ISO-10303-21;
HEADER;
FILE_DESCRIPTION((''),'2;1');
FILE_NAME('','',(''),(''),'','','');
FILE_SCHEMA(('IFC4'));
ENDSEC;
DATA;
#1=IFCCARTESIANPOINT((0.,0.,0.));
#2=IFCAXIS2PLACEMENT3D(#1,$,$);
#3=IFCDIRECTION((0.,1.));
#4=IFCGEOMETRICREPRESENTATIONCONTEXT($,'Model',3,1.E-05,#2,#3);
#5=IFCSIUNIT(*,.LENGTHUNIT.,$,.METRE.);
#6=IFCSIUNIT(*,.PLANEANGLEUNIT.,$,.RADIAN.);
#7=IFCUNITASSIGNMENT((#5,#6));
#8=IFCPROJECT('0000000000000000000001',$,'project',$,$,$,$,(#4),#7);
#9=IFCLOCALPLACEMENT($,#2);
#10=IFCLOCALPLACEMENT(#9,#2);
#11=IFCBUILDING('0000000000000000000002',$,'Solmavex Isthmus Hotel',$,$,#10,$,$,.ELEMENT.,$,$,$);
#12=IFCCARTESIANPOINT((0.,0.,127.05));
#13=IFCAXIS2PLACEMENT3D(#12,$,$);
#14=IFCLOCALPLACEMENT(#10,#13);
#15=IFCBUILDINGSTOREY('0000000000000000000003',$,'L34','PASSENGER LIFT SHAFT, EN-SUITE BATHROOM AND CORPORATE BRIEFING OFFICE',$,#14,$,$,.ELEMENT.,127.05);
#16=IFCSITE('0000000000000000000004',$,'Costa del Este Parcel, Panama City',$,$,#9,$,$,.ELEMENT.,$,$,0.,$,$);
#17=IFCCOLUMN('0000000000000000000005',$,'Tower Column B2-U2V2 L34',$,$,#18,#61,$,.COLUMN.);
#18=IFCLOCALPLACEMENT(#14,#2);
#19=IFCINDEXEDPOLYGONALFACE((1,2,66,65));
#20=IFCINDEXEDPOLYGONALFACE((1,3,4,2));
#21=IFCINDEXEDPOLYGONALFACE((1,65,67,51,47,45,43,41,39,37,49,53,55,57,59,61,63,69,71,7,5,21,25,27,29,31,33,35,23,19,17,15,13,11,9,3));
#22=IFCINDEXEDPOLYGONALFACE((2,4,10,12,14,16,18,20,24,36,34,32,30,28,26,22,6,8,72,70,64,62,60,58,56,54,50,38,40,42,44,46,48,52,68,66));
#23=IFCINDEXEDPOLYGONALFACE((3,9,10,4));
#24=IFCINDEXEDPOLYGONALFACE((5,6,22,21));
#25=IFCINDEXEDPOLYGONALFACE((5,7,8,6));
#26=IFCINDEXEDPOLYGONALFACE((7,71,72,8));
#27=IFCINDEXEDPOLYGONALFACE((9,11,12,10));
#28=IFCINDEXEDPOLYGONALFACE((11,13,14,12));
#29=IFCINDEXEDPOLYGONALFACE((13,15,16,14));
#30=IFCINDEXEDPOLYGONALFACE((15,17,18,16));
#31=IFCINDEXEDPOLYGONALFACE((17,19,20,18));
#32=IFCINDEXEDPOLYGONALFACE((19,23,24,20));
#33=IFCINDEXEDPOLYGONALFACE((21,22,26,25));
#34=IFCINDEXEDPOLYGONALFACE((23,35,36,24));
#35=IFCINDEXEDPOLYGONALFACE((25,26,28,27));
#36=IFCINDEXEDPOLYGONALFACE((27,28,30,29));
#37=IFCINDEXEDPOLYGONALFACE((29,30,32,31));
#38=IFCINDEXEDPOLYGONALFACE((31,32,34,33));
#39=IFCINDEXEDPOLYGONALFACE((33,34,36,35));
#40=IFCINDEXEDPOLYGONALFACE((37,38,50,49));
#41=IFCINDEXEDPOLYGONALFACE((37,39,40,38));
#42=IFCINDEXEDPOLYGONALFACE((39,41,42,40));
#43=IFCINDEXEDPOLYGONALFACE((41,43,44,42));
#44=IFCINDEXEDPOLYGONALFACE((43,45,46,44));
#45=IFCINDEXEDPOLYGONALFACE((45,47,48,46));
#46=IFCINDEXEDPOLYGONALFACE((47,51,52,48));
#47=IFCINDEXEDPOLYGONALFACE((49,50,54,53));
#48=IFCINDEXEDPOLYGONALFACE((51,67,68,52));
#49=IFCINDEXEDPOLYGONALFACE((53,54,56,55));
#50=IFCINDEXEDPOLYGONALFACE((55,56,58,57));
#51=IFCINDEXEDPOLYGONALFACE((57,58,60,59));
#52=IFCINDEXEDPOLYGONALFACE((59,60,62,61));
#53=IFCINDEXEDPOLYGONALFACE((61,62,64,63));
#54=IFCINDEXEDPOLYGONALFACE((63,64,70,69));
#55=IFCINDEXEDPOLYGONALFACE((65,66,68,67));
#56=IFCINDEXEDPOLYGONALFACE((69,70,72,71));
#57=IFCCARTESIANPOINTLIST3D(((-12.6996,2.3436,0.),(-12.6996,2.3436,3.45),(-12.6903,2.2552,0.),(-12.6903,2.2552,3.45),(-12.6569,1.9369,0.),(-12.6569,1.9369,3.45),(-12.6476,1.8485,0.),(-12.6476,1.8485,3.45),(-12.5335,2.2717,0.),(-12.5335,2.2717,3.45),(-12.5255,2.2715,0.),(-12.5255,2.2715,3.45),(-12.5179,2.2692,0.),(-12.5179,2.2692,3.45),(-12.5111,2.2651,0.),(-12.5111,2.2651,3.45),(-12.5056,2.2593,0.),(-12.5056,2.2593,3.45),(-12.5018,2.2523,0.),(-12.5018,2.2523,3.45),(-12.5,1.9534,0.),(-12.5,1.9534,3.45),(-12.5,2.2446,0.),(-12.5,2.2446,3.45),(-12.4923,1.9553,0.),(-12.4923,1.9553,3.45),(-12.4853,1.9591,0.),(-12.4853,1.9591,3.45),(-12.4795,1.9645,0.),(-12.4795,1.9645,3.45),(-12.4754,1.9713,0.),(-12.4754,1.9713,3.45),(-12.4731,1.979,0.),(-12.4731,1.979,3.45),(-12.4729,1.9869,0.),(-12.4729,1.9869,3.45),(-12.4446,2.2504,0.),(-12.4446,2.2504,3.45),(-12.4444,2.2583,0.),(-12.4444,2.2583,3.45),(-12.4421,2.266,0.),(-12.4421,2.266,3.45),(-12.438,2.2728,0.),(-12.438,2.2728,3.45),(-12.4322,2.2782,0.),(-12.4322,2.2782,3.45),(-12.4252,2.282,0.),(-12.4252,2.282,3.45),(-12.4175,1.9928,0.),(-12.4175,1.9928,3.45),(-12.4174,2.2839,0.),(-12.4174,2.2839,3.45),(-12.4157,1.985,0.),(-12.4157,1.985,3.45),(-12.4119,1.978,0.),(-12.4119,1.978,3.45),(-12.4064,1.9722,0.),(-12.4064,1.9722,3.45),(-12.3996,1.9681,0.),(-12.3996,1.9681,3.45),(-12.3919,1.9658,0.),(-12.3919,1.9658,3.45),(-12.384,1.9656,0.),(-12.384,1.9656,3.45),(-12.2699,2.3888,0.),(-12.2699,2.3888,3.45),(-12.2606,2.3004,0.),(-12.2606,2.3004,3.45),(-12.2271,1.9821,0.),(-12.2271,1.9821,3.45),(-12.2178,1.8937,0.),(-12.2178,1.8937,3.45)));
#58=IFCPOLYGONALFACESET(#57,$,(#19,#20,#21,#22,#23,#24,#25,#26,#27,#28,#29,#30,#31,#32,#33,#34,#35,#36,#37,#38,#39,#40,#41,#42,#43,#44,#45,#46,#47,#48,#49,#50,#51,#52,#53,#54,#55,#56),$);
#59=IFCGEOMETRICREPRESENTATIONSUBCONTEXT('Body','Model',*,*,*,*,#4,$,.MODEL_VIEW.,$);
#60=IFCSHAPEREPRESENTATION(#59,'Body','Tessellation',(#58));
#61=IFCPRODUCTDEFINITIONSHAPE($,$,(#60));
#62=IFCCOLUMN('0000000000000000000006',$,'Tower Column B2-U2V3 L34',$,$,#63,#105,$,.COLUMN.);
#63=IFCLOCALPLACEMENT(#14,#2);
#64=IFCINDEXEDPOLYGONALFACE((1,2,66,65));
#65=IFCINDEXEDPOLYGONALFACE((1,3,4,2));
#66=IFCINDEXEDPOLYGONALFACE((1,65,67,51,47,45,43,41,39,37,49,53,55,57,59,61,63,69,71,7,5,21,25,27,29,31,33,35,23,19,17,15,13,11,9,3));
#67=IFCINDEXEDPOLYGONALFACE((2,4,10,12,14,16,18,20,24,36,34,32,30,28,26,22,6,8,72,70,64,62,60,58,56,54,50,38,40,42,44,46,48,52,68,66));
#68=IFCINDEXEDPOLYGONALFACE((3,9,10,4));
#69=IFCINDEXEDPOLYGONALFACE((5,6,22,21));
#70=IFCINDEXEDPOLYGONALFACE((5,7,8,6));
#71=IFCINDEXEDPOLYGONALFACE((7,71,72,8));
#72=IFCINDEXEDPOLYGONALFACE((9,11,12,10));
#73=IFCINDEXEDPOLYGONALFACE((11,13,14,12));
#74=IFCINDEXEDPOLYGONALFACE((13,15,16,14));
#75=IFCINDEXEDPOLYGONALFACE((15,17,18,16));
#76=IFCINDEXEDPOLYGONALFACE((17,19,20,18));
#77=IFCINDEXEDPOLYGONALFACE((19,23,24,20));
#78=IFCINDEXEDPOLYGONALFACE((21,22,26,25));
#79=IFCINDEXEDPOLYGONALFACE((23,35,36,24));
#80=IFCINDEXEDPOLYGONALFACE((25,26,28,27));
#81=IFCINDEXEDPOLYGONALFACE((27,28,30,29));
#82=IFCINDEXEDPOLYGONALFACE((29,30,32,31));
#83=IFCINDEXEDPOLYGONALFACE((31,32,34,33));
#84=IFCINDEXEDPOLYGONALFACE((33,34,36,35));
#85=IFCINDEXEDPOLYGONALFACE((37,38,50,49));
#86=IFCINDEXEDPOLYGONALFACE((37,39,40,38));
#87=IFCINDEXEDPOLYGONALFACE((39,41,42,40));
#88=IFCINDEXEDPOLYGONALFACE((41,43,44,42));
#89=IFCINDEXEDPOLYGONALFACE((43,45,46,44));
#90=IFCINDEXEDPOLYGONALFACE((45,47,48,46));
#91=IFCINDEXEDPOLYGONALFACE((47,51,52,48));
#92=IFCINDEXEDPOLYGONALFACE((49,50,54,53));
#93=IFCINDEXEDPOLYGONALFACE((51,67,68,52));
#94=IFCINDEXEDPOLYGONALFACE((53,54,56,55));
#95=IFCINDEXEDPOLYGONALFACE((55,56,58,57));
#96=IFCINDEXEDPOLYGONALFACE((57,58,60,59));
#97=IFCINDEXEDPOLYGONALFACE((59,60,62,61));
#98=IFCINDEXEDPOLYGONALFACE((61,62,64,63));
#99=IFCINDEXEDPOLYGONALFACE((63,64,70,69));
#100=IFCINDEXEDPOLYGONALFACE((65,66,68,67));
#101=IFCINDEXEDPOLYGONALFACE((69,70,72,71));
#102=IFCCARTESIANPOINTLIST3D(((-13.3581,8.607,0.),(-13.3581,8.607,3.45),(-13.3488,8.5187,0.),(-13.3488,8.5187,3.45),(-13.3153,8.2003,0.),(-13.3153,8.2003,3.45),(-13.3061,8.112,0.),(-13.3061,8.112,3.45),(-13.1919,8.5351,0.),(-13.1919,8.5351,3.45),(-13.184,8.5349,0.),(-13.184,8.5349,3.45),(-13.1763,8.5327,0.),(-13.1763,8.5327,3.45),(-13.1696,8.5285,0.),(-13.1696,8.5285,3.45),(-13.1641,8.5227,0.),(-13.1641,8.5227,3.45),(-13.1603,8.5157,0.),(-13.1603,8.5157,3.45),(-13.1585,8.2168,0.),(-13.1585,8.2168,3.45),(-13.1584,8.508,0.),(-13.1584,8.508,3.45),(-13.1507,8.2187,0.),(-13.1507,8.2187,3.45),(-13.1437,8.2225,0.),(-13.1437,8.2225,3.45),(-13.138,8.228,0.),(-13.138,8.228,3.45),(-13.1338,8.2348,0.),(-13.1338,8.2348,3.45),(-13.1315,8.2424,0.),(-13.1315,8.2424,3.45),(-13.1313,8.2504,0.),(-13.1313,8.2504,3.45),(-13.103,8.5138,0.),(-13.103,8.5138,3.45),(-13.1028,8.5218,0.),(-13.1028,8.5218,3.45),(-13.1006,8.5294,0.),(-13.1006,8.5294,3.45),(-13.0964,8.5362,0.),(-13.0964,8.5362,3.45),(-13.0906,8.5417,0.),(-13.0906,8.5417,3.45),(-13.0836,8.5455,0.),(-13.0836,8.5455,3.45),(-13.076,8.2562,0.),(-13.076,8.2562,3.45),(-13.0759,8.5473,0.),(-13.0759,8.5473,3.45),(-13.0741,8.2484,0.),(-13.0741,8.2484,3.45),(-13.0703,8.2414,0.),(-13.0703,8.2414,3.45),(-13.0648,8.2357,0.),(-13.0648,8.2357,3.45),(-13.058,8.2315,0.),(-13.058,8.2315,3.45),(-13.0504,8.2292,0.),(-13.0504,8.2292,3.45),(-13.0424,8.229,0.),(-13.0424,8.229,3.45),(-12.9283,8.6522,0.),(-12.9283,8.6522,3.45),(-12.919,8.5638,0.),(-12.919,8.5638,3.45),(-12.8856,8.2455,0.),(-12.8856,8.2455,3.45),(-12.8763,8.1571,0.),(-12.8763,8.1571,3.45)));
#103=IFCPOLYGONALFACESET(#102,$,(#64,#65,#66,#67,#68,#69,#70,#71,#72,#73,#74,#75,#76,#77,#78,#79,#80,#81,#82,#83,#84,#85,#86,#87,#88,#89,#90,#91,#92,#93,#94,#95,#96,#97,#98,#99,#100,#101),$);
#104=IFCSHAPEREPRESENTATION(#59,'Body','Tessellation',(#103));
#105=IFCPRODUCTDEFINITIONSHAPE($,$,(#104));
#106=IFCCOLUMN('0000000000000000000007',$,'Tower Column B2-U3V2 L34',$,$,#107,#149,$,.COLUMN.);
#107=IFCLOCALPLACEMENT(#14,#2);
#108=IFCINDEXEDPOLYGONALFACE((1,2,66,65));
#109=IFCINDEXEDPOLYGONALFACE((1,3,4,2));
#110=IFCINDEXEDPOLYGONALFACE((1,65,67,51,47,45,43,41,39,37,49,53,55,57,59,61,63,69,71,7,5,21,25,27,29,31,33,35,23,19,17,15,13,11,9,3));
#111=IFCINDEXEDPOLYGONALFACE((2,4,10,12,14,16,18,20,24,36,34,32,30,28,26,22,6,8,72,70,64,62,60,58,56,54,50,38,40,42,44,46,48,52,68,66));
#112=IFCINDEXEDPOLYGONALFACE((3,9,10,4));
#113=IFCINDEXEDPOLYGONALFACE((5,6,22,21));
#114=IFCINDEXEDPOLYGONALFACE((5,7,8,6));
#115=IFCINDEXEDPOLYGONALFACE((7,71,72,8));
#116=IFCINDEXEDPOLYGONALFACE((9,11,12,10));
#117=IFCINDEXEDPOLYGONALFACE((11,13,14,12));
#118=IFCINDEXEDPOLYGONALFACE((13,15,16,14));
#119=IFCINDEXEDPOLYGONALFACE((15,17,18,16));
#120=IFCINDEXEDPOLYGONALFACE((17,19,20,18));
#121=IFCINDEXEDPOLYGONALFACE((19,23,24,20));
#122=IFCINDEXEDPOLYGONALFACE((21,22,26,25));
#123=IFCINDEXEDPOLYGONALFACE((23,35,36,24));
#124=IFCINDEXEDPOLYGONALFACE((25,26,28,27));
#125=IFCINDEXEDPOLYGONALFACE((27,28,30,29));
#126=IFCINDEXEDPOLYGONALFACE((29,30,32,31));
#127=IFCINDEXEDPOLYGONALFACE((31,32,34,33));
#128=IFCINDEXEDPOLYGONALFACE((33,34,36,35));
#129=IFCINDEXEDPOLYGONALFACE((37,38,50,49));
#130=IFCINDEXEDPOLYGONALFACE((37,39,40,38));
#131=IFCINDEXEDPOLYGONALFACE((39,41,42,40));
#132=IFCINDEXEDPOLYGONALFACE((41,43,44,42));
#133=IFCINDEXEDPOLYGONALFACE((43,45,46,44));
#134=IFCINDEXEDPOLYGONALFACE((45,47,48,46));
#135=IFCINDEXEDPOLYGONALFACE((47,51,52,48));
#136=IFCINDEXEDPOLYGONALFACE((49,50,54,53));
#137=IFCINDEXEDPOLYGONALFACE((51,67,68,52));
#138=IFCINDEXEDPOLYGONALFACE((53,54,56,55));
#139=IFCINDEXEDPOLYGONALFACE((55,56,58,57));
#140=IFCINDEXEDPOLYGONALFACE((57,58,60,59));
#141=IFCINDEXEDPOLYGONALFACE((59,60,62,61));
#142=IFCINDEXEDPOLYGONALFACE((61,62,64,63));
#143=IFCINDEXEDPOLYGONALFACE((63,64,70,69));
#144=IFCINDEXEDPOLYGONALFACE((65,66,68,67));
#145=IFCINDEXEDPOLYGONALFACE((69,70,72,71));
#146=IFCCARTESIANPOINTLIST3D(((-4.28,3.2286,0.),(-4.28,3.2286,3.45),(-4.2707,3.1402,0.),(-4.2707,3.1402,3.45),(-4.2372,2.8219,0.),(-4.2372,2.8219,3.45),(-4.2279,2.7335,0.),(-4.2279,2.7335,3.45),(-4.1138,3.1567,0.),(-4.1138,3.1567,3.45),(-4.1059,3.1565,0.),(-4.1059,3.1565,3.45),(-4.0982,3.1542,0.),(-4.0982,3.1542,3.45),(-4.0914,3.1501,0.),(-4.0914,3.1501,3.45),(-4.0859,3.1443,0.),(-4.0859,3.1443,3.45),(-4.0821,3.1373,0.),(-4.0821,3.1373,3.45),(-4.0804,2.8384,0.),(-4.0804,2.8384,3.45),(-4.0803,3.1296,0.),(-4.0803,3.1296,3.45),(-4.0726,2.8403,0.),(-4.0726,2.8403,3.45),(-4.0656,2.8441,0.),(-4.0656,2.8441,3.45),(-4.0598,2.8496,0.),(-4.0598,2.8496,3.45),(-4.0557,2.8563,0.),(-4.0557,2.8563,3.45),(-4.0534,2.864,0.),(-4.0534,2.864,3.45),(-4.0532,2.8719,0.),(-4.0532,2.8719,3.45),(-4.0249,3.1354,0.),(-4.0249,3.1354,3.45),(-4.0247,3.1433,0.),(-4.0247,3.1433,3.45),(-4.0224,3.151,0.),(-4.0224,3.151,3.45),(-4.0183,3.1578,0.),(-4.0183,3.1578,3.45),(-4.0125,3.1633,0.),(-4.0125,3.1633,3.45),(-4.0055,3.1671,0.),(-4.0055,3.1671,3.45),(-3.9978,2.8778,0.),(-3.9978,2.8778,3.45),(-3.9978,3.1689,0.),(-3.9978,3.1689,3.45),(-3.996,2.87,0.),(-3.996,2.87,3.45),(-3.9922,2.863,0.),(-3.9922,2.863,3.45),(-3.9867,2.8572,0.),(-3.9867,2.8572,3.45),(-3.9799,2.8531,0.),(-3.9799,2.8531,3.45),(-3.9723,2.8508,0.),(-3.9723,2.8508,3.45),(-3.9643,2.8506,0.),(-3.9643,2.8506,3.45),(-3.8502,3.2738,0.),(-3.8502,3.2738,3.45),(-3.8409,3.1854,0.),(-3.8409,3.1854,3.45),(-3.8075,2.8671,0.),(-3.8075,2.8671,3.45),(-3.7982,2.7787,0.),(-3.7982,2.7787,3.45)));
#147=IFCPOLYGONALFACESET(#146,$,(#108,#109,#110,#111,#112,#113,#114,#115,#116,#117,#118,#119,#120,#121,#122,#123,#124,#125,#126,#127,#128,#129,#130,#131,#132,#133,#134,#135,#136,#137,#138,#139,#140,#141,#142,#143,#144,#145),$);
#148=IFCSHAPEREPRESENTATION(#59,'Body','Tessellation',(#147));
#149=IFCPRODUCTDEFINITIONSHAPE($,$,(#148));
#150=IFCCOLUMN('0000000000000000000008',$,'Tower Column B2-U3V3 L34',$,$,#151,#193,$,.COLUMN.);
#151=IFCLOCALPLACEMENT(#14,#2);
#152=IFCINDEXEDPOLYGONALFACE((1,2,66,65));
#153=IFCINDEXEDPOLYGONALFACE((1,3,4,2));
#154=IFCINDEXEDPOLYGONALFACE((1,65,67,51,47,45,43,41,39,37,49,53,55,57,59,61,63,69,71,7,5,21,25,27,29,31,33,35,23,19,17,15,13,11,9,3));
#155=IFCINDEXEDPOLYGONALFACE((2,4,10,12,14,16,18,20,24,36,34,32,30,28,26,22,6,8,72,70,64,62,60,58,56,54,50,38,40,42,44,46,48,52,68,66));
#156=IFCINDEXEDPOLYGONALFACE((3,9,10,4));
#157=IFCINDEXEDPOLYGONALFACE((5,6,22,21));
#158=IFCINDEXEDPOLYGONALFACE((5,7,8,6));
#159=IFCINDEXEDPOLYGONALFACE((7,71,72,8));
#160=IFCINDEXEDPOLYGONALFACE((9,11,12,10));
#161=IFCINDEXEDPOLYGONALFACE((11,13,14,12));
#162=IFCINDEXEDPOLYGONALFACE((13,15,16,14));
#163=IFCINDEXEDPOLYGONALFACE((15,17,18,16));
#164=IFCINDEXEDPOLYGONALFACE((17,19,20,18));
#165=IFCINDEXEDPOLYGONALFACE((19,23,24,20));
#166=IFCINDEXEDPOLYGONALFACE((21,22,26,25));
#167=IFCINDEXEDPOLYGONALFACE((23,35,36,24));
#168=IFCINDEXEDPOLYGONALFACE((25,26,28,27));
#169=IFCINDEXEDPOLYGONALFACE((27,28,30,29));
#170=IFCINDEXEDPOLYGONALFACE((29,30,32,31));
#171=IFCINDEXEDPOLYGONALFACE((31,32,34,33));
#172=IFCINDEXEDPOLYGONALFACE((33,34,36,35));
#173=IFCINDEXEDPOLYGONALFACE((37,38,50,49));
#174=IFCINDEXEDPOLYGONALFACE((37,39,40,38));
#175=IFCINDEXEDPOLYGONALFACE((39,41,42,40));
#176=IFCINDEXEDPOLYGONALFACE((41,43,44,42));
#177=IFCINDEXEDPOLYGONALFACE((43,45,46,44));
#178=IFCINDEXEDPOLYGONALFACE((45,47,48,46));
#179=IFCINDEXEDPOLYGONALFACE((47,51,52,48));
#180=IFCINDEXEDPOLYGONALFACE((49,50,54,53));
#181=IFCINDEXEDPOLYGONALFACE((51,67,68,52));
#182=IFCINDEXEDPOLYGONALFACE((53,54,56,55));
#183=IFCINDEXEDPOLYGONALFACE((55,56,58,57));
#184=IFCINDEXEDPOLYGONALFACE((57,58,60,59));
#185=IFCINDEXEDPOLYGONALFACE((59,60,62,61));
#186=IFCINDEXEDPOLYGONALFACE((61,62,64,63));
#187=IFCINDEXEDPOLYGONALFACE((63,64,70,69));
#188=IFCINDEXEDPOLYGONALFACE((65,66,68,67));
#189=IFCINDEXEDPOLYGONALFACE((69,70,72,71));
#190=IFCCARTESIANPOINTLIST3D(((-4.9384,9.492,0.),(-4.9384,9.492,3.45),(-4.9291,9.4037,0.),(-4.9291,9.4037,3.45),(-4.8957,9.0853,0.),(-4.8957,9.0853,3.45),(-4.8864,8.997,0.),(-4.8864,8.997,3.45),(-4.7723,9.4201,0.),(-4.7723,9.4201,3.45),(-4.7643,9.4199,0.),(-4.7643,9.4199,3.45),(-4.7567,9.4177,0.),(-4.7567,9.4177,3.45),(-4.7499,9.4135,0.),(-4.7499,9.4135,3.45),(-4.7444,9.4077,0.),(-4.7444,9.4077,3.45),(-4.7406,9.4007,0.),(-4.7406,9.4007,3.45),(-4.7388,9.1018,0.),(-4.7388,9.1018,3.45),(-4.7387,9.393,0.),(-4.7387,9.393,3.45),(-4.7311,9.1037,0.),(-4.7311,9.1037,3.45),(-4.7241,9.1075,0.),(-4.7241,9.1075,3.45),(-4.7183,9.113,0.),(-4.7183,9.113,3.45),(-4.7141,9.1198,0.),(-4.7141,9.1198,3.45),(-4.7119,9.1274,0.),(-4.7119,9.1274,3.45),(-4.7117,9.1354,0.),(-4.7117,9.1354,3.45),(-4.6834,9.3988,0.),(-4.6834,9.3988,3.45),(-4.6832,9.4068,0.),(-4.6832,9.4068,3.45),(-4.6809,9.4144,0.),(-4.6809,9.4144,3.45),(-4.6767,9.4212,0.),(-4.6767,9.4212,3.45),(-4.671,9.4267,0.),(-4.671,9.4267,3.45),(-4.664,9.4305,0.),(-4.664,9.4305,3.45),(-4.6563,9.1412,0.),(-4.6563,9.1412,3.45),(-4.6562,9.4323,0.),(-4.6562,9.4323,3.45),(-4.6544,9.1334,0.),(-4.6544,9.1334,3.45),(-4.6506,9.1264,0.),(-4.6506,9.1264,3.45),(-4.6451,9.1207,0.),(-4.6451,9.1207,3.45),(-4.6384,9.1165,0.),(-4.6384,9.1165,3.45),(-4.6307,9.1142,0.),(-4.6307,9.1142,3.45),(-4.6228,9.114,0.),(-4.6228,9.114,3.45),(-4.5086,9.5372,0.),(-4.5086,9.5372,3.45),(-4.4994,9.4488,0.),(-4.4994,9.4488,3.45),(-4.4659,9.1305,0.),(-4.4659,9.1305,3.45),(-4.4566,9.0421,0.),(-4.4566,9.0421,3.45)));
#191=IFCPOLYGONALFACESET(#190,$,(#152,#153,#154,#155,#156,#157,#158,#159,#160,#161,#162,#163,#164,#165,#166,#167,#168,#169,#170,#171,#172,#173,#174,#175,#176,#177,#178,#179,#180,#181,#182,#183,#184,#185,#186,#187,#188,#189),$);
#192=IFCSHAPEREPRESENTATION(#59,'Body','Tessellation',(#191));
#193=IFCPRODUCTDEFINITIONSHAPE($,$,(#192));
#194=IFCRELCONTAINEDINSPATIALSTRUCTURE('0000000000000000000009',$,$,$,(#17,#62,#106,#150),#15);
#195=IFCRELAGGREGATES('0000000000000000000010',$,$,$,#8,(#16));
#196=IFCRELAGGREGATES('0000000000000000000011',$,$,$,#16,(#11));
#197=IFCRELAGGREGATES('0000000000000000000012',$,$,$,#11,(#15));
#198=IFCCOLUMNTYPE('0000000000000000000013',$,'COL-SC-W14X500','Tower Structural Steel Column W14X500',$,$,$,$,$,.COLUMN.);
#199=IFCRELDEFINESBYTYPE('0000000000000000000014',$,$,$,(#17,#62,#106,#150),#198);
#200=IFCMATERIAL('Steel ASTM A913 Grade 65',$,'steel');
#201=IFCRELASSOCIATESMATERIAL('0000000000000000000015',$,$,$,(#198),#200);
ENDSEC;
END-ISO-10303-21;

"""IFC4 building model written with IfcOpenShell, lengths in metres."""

from ifc_helpers import new_model, si_unit, direction, frame, origin, origin_2d, place, context, subcontext, project, spatial, i_section, extrude, material, material_profile, profile_set, type_object, element, save


model = new_model("IFC4")

# Units and contexts
model_context = context("Model", 3, precision=1e-05, world=origin(), true_north=direction((0.0, 1.0)))
body_context = subcontext(model_context, "Body", "Model", "MODEL_VIEW")
ifc_project = project(units=[si_unit("LENGTHUNIT", "METRE"), si_unit("PLANEANGLEUNIT", "RADIAN")], contexts=[model_context])

# Site, building, storey
site_placement = place(None, origin())
site = spatial("IfcSite", under=ifc_project, at=site_placement, Name="Costa del Este Parcel, Panama City", CompositionType="ELEMENT", RefElevation=0.0)
building_placement = place(site_placement, origin())
building = spatial("IfcBuilding", under=site, at=building_placement, Name="Solmavex Isthmus Hotel", CompositionType="ELEMENT")
storey_placement = place(building_placement, frame((0.0, 0.0, 127.05)))
storey = spatial("IfcBuildingStorey", under=building, at=storey_placement, Name="L34", Description="PASSENGER LIFT SHAFT, EN-SUITE BATHROOM AND CORPORATE BRIEFING OFFICE", CompositionType="ELEMENT", Elevation=127.05)

# Columns
ifc_material_1 = material(Name="Steel ASTM A913 Grade 65", Category="steel")
ifc_material_profile_1 = material_profile(ifc_material_1, i_section(OverallWidth=0.4321, OverallDepth=0.4978, WebThickness=0.0557, FlangeThickness=0.0889, FilletRadius=0.0305, at=origin_2d()), Name="W14X500")
ifc_profile_set_1 = profile_set([ifc_material_profile_1], Name="Steel ASTM A913 Grade 65")
column_type = type_object("IfcColumnType", Name="COL-SC-W14X500", Description="Tower Structural Steel Column W14X500", PredefinedType="COLUMN", material=ifc_profile_set_1)
for number, where, z_axis, x_axis, name in (
    (1, (-12.4587, 2.1187, 0.0), (0.0, 0.0, 1.0), (0.994522, 0.104528, 0.0), "Tower Column B2-U2V2 L34"),
    (2, (-13.1172, 8.3821, 0.0), (0.0, 0.0, 1.0), (0.994522, 0.104528, 0.0), "Tower Column B2-U2V3 L34"),
    (3, (-4.0391, 3.0037, 0.0), (0.0, 0.0, 1.0), (0.994522, 0.104528, 0.0), "Tower Column B2-U3V2 L34"),
    (4, (-4.6975, 9.2671, 0.0), (0.0, 0.0, 1.0), (0.994522, 0.104528, 0.0), "Tower Column B2-U3V3 L34"),
):
    element("IfcColumn", number, at=place(storey_placement, frame(where, z_axis=z_axis, x_axis=x_axis)), inside=storey, type_object=column_type, Name=name, PredefinedType="COLUMN", context=body_context, shape_type="SweptSolid", body=[
        extrude(i_section(OverallWidth=0.4321, OverallDepth=0.4978, WebThickness=0.0557, FlangeThickness=0.0889, FilletRadius=0.0305, at=origin_2d()), origin(), (0.0, 0.0, 1.0), 3.45),
    ])

save(model, "model.ifc")
